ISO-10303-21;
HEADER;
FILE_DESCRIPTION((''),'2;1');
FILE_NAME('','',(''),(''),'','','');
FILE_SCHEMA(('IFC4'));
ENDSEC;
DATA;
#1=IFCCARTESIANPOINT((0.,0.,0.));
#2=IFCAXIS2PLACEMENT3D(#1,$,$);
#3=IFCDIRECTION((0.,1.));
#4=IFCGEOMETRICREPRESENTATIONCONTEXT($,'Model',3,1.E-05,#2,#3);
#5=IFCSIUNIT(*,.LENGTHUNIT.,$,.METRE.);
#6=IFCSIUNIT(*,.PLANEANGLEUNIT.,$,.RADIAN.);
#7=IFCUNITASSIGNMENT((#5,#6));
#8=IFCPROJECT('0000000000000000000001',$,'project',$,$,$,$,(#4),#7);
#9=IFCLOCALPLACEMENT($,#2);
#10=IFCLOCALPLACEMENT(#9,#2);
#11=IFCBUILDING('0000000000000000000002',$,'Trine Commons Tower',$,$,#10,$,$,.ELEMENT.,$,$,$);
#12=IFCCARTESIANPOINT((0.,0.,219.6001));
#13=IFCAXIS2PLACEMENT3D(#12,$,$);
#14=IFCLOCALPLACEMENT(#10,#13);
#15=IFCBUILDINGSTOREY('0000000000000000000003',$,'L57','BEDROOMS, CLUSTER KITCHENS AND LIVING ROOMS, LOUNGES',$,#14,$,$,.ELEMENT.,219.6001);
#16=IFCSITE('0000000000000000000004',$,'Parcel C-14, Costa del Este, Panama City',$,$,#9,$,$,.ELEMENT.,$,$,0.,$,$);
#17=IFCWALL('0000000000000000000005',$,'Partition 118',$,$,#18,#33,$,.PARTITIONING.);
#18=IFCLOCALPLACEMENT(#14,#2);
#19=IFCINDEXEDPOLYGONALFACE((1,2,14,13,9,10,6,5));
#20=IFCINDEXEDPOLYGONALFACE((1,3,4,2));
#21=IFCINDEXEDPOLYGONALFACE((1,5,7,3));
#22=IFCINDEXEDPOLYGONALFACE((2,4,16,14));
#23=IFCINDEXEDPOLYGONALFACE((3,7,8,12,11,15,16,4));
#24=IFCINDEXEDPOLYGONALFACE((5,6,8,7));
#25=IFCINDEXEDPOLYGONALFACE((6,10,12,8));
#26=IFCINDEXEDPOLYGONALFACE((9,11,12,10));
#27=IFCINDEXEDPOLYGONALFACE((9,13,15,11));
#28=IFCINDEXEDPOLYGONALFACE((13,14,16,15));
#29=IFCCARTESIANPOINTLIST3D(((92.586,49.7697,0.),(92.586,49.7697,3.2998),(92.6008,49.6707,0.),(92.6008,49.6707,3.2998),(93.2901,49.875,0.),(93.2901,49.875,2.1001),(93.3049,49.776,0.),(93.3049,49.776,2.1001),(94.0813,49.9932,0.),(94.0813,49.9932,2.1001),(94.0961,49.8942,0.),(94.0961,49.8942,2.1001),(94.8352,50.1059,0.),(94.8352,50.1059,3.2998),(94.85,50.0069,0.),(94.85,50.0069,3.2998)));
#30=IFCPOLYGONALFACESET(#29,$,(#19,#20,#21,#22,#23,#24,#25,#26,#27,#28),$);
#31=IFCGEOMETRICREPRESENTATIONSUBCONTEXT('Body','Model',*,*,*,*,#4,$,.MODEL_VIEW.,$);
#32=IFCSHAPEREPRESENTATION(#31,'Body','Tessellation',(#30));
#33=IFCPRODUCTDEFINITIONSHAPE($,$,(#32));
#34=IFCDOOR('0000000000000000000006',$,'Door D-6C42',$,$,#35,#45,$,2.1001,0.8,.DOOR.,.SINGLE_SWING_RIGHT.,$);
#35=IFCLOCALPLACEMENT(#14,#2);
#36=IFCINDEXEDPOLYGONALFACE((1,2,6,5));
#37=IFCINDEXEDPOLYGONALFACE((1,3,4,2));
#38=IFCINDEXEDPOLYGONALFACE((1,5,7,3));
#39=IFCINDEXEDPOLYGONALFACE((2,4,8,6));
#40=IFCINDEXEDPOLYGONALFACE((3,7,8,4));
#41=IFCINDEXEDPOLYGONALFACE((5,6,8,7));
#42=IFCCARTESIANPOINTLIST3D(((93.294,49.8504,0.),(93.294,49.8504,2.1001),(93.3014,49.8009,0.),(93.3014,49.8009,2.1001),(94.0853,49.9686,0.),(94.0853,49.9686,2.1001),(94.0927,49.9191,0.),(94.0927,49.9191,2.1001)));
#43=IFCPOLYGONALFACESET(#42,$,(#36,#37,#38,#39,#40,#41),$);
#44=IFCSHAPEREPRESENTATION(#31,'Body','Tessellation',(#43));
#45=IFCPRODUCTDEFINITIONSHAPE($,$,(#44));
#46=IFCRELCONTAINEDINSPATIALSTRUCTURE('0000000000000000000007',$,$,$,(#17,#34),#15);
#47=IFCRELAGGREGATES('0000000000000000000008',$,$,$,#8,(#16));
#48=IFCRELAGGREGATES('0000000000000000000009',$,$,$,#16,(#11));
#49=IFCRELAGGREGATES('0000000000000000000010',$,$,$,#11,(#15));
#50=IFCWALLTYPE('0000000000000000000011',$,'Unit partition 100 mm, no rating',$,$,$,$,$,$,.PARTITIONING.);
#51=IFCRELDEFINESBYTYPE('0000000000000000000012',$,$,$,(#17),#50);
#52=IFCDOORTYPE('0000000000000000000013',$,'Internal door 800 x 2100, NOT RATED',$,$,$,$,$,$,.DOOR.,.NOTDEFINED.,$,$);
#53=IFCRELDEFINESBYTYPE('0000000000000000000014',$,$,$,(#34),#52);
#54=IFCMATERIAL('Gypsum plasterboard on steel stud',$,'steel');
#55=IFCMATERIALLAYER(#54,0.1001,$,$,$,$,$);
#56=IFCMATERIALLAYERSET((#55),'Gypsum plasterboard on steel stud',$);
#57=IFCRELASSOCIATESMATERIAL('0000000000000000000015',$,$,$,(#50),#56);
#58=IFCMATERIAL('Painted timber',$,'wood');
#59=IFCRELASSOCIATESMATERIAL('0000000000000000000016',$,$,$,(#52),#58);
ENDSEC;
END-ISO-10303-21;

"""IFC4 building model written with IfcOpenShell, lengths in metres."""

from ifc_helpers import new_model, si_unit, direction, frame, frame_2d, origin, place, context, subcontext, project, spatial, rectangle, extrude, material, layer, layer_set, type_object, element, fill, save


model = new_model("IFC4")

# Units and contexts
model_context = context("Model", 3, precision=1e-05, world=origin(), true_north=direction((0.0, 1.0)))
body_context = subcontext(model_context, "Body", "Model", "MODEL_VIEW")
ifc_project = project(units=[si_unit("LENGTHUNIT", "METRE"), si_unit("PLANEANGLEUNIT", "RADIAN")], contexts=[model_context])

# Site, building, storey
site_placement = place(None, origin())
site = spatial("IfcSite", under=ifc_project, at=site_placement, Name="Parcel C-14, Costa del Este, Panama City", CompositionType="ELEMENT", RefElevation=0.0)
building_placement = place(site_placement, origin())
building = spatial("IfcBuilding", under=site, at=building_placement, Name="Trine Commons Tower", CompositionType="ELEMENT")
storey_placement = place(building_placement, frame((0.0, 0.0, 219.6001)))
storey = spatial("IfcBuildingStorey", under=building, at=storey_placement, Name="L57", Description="BEDROOMS, CLUSTER KITCHENS AND LIVING ROOMS, LOUNGES", CompositionType="ELEMENT", Elevation=219.6001)

# Shared definitions
ifc_material_1 = material(Name="Gypsum plasterboard on steel stud", Category="steel")

# Wall, opening, door
ifc_layer_1 = layer(ifc_material_1, 0.1001)
ifc_layer_set_1 = layer_set([ifc_layer_1], Name="Gypsum plasterboard on steel stud")
wall_type_1 = type_object("IfcWallType", Name="Unit partition 100 mm, no rating", PredefinedType="PARTITIONING", material=ifc_layer_set_1)
wall_1_placement = place(storey_placement, frame((92.5933, 49.7202, 0.0), z_axis=(0.0, 0.0, 1.0), x_axis=(0.989014, 0.147821, 0.0)))
wall_1 = element("IfcWall", 1, at=wall_1_placement, inside=storey, type_object=wall_type_1, Name="Partition 118", PredefinedType="PARTITIONING", context=body_context, shape_type="SweptSolid", body=[
    extrude(rectangle(XDim=2.2742, YDim=0.1001, at=frame_2d((1.1372, 0.0))), origin(), (0.0, 0.0, 1.0), 3.2998),
])
opening_1_placement = place(wall_1_placement, frame((0.7122, 0.0, 0.0)))
opening_1 = element("IfcOpeningElement", 2, at=opening_1_placement, cuts=wall_1, PredefinedType="OPENING", context=body_context, shape_type="SweptSolid", body=[
    extrude(rectangle(XDim=0.8, YDim=2.1001, at=frame_2d((0.3999, 1.05))), frame((0.0, 0.0601, 0.0), z_axis=(0.0, -1.0, 0.0), x_axis=(1.0, 0.0, 0.0)), (0.0, 0.0, 1.0), 0.1201),
])
ifc_material_2 = material(Name="Painted timber", Category="wood")
door_type_1 = type_object("IfcDoorType", Name="Internal door 800 x 2100, NOT RATED", OperationType="NOTDEFINED", PredefinedType="DOOR", material=ifc_material_2)
door_1_placement = place(opening_1_placement, frame((0.8, 0.0, 0.0), z_axis=(0.0, 0.0, 1.0), x_axis=(-1.0, 0.0, 0.0)))
door_1 = element("IfcDoor", 3, at=door_1_placement, inside=storey, type_object=door_type_1, Name="Door D-6C42", OperationType="SINGLE_SWING_RIGHT", OverallHeight=2.1001, OverallWidth=0.8, PredefinedType="DOOR", context=body_context, shape_type="SweptSolid", body=[
    extrude(rectangle(XDim=0.8, YDim=2.1001, at=frame_2d((0.3999, 1.05))), frame((0.0, 0.0249, 0.0), z_axis=(0.0, -1.0, 0.0), x_axis=(1.0, 0.0, 0.0)), (0.0, 0.0, 1.0), 0.05),
])
fill(opening_1, door_1)

save(model, "model.ifc")
